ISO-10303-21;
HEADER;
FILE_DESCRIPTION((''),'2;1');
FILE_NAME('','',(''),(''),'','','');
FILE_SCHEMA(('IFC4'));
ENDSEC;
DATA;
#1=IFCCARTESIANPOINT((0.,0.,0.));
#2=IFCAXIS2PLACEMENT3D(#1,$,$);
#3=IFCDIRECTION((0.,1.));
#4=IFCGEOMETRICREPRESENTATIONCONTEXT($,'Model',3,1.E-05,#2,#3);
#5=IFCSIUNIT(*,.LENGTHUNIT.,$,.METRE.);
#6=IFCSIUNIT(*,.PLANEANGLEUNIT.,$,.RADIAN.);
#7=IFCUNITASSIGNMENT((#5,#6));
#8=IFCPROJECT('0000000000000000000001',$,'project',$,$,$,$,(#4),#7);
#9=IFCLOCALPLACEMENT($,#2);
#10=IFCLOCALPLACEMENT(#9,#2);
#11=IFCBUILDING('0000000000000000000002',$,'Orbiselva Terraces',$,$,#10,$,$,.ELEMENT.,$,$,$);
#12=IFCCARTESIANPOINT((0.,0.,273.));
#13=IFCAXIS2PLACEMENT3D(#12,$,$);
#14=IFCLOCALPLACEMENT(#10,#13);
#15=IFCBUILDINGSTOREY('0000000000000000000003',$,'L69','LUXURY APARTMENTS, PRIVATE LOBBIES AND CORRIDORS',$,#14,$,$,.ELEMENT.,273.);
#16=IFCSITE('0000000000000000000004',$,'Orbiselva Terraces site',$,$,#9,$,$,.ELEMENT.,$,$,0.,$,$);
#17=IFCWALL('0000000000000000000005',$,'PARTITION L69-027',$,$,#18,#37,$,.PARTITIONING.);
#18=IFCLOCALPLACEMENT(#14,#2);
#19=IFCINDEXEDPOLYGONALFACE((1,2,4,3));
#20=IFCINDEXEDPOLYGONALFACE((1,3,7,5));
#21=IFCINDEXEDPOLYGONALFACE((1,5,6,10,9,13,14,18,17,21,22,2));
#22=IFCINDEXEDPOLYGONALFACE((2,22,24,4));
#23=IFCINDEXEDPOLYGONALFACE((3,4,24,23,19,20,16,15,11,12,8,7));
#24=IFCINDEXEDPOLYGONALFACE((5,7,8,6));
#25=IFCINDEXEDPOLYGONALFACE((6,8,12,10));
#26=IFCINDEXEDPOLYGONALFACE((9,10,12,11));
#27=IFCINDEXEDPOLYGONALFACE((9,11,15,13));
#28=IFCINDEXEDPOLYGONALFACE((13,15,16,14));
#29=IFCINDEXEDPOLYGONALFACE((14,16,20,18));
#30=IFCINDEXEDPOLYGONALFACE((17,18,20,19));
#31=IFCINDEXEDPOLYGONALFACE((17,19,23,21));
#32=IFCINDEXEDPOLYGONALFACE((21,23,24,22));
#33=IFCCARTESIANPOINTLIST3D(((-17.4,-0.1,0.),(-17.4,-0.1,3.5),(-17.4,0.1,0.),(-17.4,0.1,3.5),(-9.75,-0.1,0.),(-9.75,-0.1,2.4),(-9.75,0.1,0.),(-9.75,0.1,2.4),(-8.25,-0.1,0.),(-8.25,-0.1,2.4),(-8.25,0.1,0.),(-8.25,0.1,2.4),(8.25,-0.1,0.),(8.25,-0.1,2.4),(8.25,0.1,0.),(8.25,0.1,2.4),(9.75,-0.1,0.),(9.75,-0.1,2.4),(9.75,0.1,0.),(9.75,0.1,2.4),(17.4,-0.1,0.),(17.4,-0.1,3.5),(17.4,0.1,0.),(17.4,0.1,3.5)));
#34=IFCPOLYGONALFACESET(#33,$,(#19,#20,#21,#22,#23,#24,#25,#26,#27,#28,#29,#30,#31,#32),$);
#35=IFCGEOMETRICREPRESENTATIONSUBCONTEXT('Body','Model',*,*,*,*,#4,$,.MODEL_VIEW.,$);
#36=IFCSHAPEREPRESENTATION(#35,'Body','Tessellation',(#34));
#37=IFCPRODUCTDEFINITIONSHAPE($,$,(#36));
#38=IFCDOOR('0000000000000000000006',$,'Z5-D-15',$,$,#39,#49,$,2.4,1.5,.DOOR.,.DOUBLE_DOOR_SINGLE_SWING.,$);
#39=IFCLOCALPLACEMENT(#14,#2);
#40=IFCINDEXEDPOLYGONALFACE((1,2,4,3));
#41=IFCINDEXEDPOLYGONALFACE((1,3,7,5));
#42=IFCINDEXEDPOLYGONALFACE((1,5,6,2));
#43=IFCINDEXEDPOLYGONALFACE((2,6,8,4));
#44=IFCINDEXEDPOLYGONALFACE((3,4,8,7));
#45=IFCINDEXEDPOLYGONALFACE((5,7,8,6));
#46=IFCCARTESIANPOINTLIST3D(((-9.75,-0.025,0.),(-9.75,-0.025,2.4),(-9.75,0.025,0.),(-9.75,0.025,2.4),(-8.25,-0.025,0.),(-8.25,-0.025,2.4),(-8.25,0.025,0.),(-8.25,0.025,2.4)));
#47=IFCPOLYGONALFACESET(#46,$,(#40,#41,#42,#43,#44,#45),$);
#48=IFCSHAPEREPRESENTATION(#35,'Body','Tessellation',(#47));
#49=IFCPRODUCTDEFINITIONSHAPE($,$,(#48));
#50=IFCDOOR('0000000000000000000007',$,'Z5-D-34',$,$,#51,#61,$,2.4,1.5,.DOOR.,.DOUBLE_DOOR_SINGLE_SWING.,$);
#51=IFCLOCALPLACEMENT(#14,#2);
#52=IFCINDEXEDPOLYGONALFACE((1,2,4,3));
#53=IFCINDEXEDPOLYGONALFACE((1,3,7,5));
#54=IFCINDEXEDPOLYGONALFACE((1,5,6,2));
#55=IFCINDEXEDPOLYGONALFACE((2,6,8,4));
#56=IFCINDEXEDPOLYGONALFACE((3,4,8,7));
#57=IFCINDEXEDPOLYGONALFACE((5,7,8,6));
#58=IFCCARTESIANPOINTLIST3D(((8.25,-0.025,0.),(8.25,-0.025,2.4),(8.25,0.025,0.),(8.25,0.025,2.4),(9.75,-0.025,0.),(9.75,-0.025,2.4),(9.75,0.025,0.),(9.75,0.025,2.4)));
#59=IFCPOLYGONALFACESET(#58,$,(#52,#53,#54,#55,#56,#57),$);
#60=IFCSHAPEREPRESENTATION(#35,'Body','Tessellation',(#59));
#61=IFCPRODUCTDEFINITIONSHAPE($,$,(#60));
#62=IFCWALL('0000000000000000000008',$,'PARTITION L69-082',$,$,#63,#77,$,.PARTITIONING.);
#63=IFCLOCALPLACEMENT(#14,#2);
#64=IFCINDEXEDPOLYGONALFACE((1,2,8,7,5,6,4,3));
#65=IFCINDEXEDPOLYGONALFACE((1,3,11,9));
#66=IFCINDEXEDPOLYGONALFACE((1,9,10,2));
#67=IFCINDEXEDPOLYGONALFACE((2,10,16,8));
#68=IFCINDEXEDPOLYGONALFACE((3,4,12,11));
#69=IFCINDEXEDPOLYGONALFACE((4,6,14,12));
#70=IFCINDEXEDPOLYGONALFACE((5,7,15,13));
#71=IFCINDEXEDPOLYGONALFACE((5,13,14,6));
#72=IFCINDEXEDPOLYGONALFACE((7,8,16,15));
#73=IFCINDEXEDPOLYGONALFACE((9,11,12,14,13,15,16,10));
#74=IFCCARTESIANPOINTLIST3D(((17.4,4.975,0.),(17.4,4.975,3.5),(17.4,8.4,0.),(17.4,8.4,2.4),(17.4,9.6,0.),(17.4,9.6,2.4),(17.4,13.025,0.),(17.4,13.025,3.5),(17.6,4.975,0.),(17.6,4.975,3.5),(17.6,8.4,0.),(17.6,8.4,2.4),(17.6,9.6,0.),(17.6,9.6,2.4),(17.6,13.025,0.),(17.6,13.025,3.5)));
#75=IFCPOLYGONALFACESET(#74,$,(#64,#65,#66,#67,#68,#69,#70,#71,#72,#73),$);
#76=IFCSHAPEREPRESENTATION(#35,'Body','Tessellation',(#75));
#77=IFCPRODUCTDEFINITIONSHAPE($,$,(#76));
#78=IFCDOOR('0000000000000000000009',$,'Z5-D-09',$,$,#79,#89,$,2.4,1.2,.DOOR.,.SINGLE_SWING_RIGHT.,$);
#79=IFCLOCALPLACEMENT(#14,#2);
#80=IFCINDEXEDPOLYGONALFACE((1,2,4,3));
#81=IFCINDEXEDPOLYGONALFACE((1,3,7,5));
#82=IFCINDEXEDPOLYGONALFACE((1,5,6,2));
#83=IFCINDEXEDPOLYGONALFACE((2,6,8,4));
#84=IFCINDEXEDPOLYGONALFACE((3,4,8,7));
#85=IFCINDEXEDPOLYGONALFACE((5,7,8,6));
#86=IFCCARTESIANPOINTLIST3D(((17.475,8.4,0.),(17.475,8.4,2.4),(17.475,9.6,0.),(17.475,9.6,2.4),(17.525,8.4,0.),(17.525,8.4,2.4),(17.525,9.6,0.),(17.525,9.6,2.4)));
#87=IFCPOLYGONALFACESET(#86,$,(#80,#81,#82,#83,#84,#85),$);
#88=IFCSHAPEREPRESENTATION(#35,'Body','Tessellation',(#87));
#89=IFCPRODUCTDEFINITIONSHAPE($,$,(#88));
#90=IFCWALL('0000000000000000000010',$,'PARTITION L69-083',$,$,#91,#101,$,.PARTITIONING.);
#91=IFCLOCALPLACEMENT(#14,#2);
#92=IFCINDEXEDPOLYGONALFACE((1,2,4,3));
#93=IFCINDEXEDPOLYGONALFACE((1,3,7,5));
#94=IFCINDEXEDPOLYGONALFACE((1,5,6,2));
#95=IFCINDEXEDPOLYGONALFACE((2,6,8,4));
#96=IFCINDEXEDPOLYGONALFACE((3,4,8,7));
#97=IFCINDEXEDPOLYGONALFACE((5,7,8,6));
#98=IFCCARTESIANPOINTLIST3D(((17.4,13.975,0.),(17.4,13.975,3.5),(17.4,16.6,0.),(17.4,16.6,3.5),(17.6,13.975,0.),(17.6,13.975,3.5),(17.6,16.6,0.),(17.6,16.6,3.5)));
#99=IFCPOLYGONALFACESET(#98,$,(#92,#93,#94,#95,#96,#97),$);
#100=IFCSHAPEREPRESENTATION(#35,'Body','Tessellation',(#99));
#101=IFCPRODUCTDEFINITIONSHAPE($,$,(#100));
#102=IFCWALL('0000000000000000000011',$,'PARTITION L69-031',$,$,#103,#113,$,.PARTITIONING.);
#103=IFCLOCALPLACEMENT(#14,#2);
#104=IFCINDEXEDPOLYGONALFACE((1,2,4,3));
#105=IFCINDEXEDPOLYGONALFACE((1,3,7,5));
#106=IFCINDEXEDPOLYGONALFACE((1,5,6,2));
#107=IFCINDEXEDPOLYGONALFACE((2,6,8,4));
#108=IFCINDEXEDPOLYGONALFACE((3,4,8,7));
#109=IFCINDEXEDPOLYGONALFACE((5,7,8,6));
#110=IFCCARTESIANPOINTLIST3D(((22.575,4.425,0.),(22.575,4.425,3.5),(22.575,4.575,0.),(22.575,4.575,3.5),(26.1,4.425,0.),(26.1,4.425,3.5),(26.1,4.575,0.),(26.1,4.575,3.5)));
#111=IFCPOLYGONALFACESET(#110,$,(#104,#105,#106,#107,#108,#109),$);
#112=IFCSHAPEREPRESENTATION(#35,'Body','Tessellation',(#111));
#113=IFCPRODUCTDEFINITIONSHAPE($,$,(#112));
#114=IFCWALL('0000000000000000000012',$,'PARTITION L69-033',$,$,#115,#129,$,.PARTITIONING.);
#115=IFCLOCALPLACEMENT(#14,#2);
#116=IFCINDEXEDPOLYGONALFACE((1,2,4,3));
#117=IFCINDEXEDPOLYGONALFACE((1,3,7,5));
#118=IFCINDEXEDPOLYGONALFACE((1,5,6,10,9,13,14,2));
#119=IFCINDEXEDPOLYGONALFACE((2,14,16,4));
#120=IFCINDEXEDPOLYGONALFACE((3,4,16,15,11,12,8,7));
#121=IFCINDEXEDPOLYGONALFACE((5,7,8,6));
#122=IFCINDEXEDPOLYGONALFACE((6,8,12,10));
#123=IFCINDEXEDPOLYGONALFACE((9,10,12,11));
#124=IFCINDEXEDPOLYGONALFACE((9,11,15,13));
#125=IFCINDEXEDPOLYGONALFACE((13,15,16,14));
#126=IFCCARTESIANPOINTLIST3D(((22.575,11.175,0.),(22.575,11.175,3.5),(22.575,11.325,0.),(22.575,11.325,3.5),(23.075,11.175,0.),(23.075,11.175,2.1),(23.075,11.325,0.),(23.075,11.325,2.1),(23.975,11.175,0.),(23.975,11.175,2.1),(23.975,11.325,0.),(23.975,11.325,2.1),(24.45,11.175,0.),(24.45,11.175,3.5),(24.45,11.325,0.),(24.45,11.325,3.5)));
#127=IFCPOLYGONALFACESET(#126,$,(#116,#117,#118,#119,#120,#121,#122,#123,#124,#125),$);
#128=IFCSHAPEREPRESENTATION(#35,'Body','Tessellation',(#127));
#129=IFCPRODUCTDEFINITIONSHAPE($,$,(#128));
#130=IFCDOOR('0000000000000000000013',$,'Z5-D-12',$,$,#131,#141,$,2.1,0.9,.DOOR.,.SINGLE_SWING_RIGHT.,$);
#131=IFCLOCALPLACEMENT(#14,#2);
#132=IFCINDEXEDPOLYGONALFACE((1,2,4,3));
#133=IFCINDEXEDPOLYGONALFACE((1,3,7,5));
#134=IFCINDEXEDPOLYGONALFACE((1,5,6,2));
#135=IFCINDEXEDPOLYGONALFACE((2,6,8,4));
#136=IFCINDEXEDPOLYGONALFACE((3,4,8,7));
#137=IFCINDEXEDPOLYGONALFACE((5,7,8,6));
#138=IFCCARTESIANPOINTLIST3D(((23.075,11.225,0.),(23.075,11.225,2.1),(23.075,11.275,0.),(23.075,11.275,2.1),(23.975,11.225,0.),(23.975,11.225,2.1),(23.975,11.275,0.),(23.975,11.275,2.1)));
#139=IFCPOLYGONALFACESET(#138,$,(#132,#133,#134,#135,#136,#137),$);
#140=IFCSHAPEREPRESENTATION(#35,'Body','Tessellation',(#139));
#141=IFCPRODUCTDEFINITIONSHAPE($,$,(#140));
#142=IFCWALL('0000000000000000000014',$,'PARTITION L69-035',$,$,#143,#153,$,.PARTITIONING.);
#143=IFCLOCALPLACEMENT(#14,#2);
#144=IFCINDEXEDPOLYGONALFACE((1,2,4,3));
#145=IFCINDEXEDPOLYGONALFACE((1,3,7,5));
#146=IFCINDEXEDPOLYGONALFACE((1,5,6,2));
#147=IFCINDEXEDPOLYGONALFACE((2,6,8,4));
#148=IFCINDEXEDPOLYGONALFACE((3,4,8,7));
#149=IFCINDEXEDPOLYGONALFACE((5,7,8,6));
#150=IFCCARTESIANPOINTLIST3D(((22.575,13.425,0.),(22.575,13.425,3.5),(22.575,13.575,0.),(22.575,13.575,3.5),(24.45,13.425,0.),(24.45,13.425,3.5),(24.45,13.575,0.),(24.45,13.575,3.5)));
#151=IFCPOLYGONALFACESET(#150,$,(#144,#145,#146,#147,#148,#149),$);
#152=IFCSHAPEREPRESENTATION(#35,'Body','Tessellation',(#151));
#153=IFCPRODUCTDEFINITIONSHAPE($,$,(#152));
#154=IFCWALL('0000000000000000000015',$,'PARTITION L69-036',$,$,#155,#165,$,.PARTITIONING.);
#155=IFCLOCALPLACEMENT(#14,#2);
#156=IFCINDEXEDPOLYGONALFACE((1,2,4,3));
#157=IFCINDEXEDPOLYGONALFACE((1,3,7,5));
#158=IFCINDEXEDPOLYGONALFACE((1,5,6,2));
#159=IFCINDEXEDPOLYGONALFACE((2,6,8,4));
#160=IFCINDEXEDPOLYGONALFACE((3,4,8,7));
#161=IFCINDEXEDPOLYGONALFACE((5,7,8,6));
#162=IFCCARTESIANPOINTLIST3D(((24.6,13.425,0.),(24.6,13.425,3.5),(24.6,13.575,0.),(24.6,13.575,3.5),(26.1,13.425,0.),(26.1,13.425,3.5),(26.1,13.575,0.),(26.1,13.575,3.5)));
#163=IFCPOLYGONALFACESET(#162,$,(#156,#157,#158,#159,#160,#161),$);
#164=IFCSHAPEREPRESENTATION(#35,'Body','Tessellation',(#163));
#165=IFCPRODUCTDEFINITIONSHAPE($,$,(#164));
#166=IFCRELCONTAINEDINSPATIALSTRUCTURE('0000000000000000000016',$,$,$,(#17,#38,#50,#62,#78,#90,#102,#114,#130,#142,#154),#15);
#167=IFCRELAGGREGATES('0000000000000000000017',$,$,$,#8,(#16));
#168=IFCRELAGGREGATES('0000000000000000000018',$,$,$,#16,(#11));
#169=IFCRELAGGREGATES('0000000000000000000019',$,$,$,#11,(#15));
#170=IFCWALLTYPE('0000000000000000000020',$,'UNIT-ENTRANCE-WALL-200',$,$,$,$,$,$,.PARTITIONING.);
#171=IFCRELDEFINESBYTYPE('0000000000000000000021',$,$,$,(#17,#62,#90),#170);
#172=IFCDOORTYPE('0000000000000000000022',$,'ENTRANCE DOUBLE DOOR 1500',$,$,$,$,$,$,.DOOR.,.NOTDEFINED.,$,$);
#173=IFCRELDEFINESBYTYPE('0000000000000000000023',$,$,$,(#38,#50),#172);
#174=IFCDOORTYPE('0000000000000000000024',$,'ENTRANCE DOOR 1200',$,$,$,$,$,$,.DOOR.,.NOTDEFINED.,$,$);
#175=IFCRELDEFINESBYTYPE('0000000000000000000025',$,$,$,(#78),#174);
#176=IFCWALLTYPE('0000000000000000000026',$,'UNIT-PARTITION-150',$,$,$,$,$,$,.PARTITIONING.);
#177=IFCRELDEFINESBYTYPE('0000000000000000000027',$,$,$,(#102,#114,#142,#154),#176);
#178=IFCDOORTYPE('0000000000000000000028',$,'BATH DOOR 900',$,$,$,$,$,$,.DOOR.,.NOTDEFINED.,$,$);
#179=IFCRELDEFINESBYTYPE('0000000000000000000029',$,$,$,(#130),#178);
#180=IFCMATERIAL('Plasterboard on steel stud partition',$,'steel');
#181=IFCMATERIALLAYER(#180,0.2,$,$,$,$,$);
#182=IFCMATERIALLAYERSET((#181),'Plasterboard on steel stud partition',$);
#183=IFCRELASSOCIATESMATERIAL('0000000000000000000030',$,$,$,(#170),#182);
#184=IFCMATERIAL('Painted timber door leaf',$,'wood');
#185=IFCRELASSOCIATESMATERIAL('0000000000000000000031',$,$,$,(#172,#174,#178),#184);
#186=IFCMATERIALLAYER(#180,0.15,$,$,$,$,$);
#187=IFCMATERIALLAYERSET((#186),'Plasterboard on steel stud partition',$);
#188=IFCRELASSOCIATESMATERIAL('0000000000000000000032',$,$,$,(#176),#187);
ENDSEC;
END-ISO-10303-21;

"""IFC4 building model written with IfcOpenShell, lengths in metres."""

from ifc_helpers import new_model, si_unit, direction, frame, frame_2d, origin, place, context, subcontext, project, spatial, rectangle, extrude, material, layer, layer_set, type_object, element, fill, save


model = new_model("IFC4")

# Units and contexts
model_context = context("Model", 3, precision=1e-05, world=origin(), true_north=direction((0.0, 1.0)))
body_context = subcontext(model_context, "Body", "Model", "MODEL_VIEW")
ifc_project = project(units=[si_unit("LENGTHUNIT", "METRE"), si_unit("PLANEANGLEUNIT", "RADIAN")], contexts=[model_context])

# Site, building, storey
site_placement = place(None, origin())
site = spatial("IfcSite", under=ifc_project, at=site_placement, Name="Orbiselva Terraces site", CompositionType="ELEMENT", RefElevation=0.0)
building_placement = place(site_placement, origin())
building = spatial("IfcBuilding", under=site, at=building_placement, Name="Orbiselva Terraces", CompositionType="ELEMENT")
storey_placement = place(building_placement, frame((0.0, 0.0, 273.0)))
storey = spatial("IfcBuildingStorey", under=building, at=storey_placement, Name="L69", Description="LUXURY APARTMENTS, PRIVATE LOBBIES AND CORRIDORS", CompositionType="ELEMENT", Elevation=273.0)

# Wall, openings, doors
ifc_material_1 = material(Name="Plasterboard on steel stud partition", Category="steel")
ifc_layer_1 = layer(ifc_material_1, 0.2)
ifc_layer_set_1 = layer_set([ifc_layer_1], Name="Plasterboard on steel stud partition")
wall_type_1 = type_object("IfcWallType", Name="UNIT-ENTRANCE-WALL-200", PredefinedType="PARTITIONING", material=ifc_layer_set_1)
wall_1_placement = place(storey_placement, frame((17.4, 0.0, 0.0), z_axis=(0.0, 0.0, 1.0), x_axis=(-1.0, 0.0, 0.0)))
wall_1 = element("IfcWall", 1, at=wall_1_placement, inside=storey, type_object=wall_type_1, Name="PARTITION L69-027", PredefinedType="PARTITIONING", context=body_context, shape_type="SweptSolid", body=[
    extrude(rectangle(XDim=34.8, YDim=0.2, at=frame_2d((17.4, 0.0))), origin(), (0.0, 0.0, 1.0), 3.5),
])
opening_1_placement = place(wall_1_placement, frame((25.65, 0.0, 0.0)))
opening_1 = element("IfcOpeningElement", 2, at=opening_1_placement, cuts=wall_1, PredefinedType="OPENING", context=body_context, shape_type="SweptSolid", body=[
    extrude(rectangle(XDim=1.5, YDim=2.4, at=frame_2d((0.75, 1.2))), frame((0.0, 0.11, 0.0), z_axis=(0.0, -1.0, 0.0), x_axis=(1.0, 0.0, 0.0)), (0.0, 0.0, 1.0), 0.22),
])
opening_2_placement = place(wall_1_placement, frame((7.65, 0.0, 0.0)))
opening_2 = element("IfcOpeningElement", 3, at=opening_2_placement, cuts=wall_1, PredefinedType="OPENING", context=body_context, shape_type="SweptSolid", body=[
    extrude(rectangle(XDim=1.5, YDim=2.4, at=frame_2d((0.75, 1.2))), frame((0.0, 0.11, 0.0), z_axis=(0.0, -1.0, 0.0), x_axis=(1.0, 0.0, 0.0)), (0.0, 0.0, 1.0), 0.22),
])
ifc_material_2 = material(Name="Painted timber door leaf", Category="wood")
door_type_1 = type_object("IfcDoorType", Name="ENTRANCE DOUBLE DOOR 1500", OperationType="NOTDEFINED", PredefinedType="DOOR", material=ifc_material_2)
door_1_placement = place(opening_1_placement, origin())
door_1 = element("IfcDoor", 4, at=door_1_placement, inside=storey, type_object=door_type_1, Name="Z5-D-15", OperationType="DOUBLE_DOOR_SINGLE_SWING", OverallHeight=2.4, OverallWidth=1.5, PredefinedType="DOOR", context=body_context, shape_type="SweptSolid", body=[
    extrude(rectangle(XDim=1.5, YDim=2.4, at=frame_2d((0.75, 1.2))), frame((0.0, 0.025, 0.0), z_axis=(0.0, -1.0, 0.0), x_axis=(1.0, 0.0, 0.0)), (0.0, 0.0, 1.0), 0.05),
])
fill(opening_1, door_1)
door_2_placement = place(opening_2_placement, origin())
door_2 = element("IfcDoor", 5, at=door_2_placement, inside=storey, type_object=door_type_1, Name="Z5-D-34", OperationType="DOUBLE_DOOR_SINGLE_SWING", OverallHeight=2.4, OverallWidth=1.5, PredefinedType="DOOR", context=body_context, shape_type="SweptSolid", body=[
    extrude(rectangle(XDim=1.5, YDim=2.4, at=frame_2d((0.75, 1.2))), frame((0.0, 0.025, 0.0), z_axis=(0.0, -1.0, 0.0), x_axis=(1.0, 0.0, 0.0)), (0.0, 0.0, 1.0), 0.05),
])
fill(opening_2, door_2)

# Wall, opening, door
wall_2_placement = place(storey_placement, frame((17.5, 13.025, 0.0), z_axis=(0.0, 0.0, 1.0), x_axis=(0.0, -1.0, 0.0)))
wall_2 = element("IfcWall", 6, at=wall_2_placement, inside=storey, type_object=wall_type_1, Name="PARTITION L69-082", PredefinedType="PARTITIONING", context=body_context, shape_type="SweptSolid", body=[
    extrude(rectangle(XDim=8.05, YDim=0.2, at=frame_2d((4.025, 0.0))), origin(), (0.0, 0.0, 1.0), 3.5),
])
opening_3_placement = place(wall_2_placement, frame((3.425, 0.0, 0.0)))
opening_3 = element("IfcOpeningElement", 7, at=opening_3_placement, cuts=wall_2, PredefinedType="OPENING", context=body_context, shape_type="SweptSolid", body=[
    extrude(rectangle(XDim=1.2, YDim=2.4, at=frame_2d((0.6, 1.2))), frame((0.0, 0.11, 0.0), z_axis=(0.0, -1.0, 0.0), x_axis=(1.0, 0.0, 0.0)), (0.0, 0.0, 1.0), 0.22),
])
door_type_2 = type_object("IfcDoorType", Name="ENTRANCE DOOR 1200", OperationType="NOTDEFINED", PredefinedType="DOOR", material=ifc_material_2)
door_3_placement = place(opening_3_placement, origin())
door_3 = element("IfcDoor", 8, at=door_3_placement, inside=storey, type_object=door_type_2, Name="Z5-D-09", OperationType="SINGLE_SWING_RIGHT", OverallHeight=2.4, OverallWidth=1.2, PredefinedType="DOOR", context=body_context, shape_type="SweptSolid", body=[
    extrude(rectangle(XDim=1.2, YDim=2.4, at=frame_2d((0.6, 1.2))), frame((0.0, 0.025, 0.0), z_axis=(0.0, -1.0, 0.0), x_axis=(1.0, 0.0, 0.0)), (0.0, 0.0, 1.0), 0.05),
])
fill(opening_3, door_3)

# Walls
wall_3_placement = place(storey_placement, frame((17.5, 13.975, 0.0), z_axis=(0.0, 0.0, 1.0), x_axis=(0.0, 1.0, 0.0)))
element("IfcWall", 9, at=wall_3_placement, inside=storey, type_object=wall_type_1, Name="PARTITION L69-083", PredefinedType="PARTITIONING", context=body_context, shape_type="SweptSolid", body=[
    extrude(rectangle(XDim=2.625, YDim=0.2, at=frame_2d((1.3125, 0.0))), origin(), (0.0, 0.0, 1.0), 3.5),
])
ifc_layer_2 = layer(ifc_material_1, 0.15)
ifc_layer_set_2 = layer_set([ifc_layer_2], Name="Plasterboard on steel stud partition")
wall_type_2 = type_object("IfcWallType", Name="UNIT-PARTITION-150", PredefinedType="PARTITIONING", material=ifc_layer_set_2)
wall_4_placement = place(storey_placement, frame((22.575, 4.5, 0.0), z_axis=(0.0, 0.0, 1.0), x_axis=(1.0, 0.0, 0.0)))
element("IfcWall", 10, at=wall_4_placement, inside=storey, type_object=wall_type_2, Name="PARTITION L69-031", PredefinedType="PARTITIONING", context=body_context, shape_type="SweptSolid", body=[
    extrude(rectangle(XDim=3.525, YDim=0.15, at=frame_2d((1.7625, 0.0))), origin(), (0.0, 0.0, 1.0), 3.5),
])

# Wall, opening, door
wall_5_placement = place(storey_placement, frame((22.575, 11.25, 0.0), z_axis=(0.0, 0.0, 1.0), x_axis=(1.0, 0.0, 0.0)))
wall_5 = element("IfcWall", 11, at=wall_5_placement, inside=storey, type_object=wall_type_2, Name="PARTITION L69-033", PredefinedType="PARTITIONING", context=body_context, shape_type="SweptSolid", body=[
    extrude(rectangle(XDim=1.875, YDim=0.15, at=frame_2d((0.9375, 0.0))), origin(), (0.0, 0.0, 1.0), 3.5),
])
opening_4_placement = place(wall_5_placement, frame((0.5, 0.0, 0.0)))
opening_4 = element("IfcOpeningElement", 12, at=opening_4_placement, cuts=wall_5, PredefinedType="OPENING", context=body_context, shape_type="SweptSolid", body=[
    extrude(rectangle(XDim=0.9, YDim=2.1, at=frame_2d((0.45, 1.05))), frame((0.0, 0.085, 0.0), z_axis=(0.0, -1.0, 0.0), x_axis=(1.0, 0.0, 0.0)), (0.0, 0.0, 1.0), 0.17),
])
door_type_3 = type_object("IfcDoorType", Name="BATH DOOR 900", OperationType="NOTDEFINED", PredefinedType="DOOR", material=ifc_material_2)
door_4_placement = place(opening_4_placement, origin())
door_4 = element("IfcDoor", 13, at=door_4_placement, inside=storey, type_object=door_type_3, Name="Z5-D-12", OperationType="SINGLE_SWING_RIGHT", OverallHeight=2.1, OverallWidth=0.9, PredefinedType="DOOR", context=body_context, shape_type="SweptSolid", body=[
    extrude(rectangle(XDim=0.9, YDim=2.1, at=frame_2d((0.45, 1.05))), frame((0.0, 0.025, 0.0), z_axis=(0.0, -1.0, 0.0), x_axis=(1.0, 0.0, 0.0)), (0.0, 0.0, 1.0), 0.05),
])
fill(opening_4, door_4)

# Walls
wall_6_placement = place(storey_placement, frame((22.575, 13.5, 0.0), z_axis=(0.0, 0.0, 1.0), x_axis=(1.0, 0.0, 0.0)))
element("IfcWall", 14, at=wall_6_placement, inside=storey, type_object=wall_type_2, Name="PARTITION L69-035", PredefinedType="PARTITIONING", context=body_context, shape_type="SweptSolid", body=[
    extrude(rectangle(XDim=1.875, YDim=0.15, at=frame_2d((0.9375, 0.0))), origin(), (0.0, 0.0, 1.0), 3.5),
])
wall_7_placement = place(storey_placement, frame((24.6, 13.5, 0.0), z_axis=(0.0, 0.0, 1.0), x_axis=(1.0, 0.0, 0.0)))
element("IfcWall", 15, at=wall_7_placement, inside=storey, type_object=wall_type_2, Name="PARTITION L69-036", PredefinedType="PARTITIONING", context=body_context, shape_type="SweptSolid", body=[
    extrude(rectangle(XDim=1.5, YDim=0.15, at=frame_2d((0.75, 0.0))), origin(), (0.0, 0.0, 1.0), 3.5),
])

save(model, "model.ifc")
